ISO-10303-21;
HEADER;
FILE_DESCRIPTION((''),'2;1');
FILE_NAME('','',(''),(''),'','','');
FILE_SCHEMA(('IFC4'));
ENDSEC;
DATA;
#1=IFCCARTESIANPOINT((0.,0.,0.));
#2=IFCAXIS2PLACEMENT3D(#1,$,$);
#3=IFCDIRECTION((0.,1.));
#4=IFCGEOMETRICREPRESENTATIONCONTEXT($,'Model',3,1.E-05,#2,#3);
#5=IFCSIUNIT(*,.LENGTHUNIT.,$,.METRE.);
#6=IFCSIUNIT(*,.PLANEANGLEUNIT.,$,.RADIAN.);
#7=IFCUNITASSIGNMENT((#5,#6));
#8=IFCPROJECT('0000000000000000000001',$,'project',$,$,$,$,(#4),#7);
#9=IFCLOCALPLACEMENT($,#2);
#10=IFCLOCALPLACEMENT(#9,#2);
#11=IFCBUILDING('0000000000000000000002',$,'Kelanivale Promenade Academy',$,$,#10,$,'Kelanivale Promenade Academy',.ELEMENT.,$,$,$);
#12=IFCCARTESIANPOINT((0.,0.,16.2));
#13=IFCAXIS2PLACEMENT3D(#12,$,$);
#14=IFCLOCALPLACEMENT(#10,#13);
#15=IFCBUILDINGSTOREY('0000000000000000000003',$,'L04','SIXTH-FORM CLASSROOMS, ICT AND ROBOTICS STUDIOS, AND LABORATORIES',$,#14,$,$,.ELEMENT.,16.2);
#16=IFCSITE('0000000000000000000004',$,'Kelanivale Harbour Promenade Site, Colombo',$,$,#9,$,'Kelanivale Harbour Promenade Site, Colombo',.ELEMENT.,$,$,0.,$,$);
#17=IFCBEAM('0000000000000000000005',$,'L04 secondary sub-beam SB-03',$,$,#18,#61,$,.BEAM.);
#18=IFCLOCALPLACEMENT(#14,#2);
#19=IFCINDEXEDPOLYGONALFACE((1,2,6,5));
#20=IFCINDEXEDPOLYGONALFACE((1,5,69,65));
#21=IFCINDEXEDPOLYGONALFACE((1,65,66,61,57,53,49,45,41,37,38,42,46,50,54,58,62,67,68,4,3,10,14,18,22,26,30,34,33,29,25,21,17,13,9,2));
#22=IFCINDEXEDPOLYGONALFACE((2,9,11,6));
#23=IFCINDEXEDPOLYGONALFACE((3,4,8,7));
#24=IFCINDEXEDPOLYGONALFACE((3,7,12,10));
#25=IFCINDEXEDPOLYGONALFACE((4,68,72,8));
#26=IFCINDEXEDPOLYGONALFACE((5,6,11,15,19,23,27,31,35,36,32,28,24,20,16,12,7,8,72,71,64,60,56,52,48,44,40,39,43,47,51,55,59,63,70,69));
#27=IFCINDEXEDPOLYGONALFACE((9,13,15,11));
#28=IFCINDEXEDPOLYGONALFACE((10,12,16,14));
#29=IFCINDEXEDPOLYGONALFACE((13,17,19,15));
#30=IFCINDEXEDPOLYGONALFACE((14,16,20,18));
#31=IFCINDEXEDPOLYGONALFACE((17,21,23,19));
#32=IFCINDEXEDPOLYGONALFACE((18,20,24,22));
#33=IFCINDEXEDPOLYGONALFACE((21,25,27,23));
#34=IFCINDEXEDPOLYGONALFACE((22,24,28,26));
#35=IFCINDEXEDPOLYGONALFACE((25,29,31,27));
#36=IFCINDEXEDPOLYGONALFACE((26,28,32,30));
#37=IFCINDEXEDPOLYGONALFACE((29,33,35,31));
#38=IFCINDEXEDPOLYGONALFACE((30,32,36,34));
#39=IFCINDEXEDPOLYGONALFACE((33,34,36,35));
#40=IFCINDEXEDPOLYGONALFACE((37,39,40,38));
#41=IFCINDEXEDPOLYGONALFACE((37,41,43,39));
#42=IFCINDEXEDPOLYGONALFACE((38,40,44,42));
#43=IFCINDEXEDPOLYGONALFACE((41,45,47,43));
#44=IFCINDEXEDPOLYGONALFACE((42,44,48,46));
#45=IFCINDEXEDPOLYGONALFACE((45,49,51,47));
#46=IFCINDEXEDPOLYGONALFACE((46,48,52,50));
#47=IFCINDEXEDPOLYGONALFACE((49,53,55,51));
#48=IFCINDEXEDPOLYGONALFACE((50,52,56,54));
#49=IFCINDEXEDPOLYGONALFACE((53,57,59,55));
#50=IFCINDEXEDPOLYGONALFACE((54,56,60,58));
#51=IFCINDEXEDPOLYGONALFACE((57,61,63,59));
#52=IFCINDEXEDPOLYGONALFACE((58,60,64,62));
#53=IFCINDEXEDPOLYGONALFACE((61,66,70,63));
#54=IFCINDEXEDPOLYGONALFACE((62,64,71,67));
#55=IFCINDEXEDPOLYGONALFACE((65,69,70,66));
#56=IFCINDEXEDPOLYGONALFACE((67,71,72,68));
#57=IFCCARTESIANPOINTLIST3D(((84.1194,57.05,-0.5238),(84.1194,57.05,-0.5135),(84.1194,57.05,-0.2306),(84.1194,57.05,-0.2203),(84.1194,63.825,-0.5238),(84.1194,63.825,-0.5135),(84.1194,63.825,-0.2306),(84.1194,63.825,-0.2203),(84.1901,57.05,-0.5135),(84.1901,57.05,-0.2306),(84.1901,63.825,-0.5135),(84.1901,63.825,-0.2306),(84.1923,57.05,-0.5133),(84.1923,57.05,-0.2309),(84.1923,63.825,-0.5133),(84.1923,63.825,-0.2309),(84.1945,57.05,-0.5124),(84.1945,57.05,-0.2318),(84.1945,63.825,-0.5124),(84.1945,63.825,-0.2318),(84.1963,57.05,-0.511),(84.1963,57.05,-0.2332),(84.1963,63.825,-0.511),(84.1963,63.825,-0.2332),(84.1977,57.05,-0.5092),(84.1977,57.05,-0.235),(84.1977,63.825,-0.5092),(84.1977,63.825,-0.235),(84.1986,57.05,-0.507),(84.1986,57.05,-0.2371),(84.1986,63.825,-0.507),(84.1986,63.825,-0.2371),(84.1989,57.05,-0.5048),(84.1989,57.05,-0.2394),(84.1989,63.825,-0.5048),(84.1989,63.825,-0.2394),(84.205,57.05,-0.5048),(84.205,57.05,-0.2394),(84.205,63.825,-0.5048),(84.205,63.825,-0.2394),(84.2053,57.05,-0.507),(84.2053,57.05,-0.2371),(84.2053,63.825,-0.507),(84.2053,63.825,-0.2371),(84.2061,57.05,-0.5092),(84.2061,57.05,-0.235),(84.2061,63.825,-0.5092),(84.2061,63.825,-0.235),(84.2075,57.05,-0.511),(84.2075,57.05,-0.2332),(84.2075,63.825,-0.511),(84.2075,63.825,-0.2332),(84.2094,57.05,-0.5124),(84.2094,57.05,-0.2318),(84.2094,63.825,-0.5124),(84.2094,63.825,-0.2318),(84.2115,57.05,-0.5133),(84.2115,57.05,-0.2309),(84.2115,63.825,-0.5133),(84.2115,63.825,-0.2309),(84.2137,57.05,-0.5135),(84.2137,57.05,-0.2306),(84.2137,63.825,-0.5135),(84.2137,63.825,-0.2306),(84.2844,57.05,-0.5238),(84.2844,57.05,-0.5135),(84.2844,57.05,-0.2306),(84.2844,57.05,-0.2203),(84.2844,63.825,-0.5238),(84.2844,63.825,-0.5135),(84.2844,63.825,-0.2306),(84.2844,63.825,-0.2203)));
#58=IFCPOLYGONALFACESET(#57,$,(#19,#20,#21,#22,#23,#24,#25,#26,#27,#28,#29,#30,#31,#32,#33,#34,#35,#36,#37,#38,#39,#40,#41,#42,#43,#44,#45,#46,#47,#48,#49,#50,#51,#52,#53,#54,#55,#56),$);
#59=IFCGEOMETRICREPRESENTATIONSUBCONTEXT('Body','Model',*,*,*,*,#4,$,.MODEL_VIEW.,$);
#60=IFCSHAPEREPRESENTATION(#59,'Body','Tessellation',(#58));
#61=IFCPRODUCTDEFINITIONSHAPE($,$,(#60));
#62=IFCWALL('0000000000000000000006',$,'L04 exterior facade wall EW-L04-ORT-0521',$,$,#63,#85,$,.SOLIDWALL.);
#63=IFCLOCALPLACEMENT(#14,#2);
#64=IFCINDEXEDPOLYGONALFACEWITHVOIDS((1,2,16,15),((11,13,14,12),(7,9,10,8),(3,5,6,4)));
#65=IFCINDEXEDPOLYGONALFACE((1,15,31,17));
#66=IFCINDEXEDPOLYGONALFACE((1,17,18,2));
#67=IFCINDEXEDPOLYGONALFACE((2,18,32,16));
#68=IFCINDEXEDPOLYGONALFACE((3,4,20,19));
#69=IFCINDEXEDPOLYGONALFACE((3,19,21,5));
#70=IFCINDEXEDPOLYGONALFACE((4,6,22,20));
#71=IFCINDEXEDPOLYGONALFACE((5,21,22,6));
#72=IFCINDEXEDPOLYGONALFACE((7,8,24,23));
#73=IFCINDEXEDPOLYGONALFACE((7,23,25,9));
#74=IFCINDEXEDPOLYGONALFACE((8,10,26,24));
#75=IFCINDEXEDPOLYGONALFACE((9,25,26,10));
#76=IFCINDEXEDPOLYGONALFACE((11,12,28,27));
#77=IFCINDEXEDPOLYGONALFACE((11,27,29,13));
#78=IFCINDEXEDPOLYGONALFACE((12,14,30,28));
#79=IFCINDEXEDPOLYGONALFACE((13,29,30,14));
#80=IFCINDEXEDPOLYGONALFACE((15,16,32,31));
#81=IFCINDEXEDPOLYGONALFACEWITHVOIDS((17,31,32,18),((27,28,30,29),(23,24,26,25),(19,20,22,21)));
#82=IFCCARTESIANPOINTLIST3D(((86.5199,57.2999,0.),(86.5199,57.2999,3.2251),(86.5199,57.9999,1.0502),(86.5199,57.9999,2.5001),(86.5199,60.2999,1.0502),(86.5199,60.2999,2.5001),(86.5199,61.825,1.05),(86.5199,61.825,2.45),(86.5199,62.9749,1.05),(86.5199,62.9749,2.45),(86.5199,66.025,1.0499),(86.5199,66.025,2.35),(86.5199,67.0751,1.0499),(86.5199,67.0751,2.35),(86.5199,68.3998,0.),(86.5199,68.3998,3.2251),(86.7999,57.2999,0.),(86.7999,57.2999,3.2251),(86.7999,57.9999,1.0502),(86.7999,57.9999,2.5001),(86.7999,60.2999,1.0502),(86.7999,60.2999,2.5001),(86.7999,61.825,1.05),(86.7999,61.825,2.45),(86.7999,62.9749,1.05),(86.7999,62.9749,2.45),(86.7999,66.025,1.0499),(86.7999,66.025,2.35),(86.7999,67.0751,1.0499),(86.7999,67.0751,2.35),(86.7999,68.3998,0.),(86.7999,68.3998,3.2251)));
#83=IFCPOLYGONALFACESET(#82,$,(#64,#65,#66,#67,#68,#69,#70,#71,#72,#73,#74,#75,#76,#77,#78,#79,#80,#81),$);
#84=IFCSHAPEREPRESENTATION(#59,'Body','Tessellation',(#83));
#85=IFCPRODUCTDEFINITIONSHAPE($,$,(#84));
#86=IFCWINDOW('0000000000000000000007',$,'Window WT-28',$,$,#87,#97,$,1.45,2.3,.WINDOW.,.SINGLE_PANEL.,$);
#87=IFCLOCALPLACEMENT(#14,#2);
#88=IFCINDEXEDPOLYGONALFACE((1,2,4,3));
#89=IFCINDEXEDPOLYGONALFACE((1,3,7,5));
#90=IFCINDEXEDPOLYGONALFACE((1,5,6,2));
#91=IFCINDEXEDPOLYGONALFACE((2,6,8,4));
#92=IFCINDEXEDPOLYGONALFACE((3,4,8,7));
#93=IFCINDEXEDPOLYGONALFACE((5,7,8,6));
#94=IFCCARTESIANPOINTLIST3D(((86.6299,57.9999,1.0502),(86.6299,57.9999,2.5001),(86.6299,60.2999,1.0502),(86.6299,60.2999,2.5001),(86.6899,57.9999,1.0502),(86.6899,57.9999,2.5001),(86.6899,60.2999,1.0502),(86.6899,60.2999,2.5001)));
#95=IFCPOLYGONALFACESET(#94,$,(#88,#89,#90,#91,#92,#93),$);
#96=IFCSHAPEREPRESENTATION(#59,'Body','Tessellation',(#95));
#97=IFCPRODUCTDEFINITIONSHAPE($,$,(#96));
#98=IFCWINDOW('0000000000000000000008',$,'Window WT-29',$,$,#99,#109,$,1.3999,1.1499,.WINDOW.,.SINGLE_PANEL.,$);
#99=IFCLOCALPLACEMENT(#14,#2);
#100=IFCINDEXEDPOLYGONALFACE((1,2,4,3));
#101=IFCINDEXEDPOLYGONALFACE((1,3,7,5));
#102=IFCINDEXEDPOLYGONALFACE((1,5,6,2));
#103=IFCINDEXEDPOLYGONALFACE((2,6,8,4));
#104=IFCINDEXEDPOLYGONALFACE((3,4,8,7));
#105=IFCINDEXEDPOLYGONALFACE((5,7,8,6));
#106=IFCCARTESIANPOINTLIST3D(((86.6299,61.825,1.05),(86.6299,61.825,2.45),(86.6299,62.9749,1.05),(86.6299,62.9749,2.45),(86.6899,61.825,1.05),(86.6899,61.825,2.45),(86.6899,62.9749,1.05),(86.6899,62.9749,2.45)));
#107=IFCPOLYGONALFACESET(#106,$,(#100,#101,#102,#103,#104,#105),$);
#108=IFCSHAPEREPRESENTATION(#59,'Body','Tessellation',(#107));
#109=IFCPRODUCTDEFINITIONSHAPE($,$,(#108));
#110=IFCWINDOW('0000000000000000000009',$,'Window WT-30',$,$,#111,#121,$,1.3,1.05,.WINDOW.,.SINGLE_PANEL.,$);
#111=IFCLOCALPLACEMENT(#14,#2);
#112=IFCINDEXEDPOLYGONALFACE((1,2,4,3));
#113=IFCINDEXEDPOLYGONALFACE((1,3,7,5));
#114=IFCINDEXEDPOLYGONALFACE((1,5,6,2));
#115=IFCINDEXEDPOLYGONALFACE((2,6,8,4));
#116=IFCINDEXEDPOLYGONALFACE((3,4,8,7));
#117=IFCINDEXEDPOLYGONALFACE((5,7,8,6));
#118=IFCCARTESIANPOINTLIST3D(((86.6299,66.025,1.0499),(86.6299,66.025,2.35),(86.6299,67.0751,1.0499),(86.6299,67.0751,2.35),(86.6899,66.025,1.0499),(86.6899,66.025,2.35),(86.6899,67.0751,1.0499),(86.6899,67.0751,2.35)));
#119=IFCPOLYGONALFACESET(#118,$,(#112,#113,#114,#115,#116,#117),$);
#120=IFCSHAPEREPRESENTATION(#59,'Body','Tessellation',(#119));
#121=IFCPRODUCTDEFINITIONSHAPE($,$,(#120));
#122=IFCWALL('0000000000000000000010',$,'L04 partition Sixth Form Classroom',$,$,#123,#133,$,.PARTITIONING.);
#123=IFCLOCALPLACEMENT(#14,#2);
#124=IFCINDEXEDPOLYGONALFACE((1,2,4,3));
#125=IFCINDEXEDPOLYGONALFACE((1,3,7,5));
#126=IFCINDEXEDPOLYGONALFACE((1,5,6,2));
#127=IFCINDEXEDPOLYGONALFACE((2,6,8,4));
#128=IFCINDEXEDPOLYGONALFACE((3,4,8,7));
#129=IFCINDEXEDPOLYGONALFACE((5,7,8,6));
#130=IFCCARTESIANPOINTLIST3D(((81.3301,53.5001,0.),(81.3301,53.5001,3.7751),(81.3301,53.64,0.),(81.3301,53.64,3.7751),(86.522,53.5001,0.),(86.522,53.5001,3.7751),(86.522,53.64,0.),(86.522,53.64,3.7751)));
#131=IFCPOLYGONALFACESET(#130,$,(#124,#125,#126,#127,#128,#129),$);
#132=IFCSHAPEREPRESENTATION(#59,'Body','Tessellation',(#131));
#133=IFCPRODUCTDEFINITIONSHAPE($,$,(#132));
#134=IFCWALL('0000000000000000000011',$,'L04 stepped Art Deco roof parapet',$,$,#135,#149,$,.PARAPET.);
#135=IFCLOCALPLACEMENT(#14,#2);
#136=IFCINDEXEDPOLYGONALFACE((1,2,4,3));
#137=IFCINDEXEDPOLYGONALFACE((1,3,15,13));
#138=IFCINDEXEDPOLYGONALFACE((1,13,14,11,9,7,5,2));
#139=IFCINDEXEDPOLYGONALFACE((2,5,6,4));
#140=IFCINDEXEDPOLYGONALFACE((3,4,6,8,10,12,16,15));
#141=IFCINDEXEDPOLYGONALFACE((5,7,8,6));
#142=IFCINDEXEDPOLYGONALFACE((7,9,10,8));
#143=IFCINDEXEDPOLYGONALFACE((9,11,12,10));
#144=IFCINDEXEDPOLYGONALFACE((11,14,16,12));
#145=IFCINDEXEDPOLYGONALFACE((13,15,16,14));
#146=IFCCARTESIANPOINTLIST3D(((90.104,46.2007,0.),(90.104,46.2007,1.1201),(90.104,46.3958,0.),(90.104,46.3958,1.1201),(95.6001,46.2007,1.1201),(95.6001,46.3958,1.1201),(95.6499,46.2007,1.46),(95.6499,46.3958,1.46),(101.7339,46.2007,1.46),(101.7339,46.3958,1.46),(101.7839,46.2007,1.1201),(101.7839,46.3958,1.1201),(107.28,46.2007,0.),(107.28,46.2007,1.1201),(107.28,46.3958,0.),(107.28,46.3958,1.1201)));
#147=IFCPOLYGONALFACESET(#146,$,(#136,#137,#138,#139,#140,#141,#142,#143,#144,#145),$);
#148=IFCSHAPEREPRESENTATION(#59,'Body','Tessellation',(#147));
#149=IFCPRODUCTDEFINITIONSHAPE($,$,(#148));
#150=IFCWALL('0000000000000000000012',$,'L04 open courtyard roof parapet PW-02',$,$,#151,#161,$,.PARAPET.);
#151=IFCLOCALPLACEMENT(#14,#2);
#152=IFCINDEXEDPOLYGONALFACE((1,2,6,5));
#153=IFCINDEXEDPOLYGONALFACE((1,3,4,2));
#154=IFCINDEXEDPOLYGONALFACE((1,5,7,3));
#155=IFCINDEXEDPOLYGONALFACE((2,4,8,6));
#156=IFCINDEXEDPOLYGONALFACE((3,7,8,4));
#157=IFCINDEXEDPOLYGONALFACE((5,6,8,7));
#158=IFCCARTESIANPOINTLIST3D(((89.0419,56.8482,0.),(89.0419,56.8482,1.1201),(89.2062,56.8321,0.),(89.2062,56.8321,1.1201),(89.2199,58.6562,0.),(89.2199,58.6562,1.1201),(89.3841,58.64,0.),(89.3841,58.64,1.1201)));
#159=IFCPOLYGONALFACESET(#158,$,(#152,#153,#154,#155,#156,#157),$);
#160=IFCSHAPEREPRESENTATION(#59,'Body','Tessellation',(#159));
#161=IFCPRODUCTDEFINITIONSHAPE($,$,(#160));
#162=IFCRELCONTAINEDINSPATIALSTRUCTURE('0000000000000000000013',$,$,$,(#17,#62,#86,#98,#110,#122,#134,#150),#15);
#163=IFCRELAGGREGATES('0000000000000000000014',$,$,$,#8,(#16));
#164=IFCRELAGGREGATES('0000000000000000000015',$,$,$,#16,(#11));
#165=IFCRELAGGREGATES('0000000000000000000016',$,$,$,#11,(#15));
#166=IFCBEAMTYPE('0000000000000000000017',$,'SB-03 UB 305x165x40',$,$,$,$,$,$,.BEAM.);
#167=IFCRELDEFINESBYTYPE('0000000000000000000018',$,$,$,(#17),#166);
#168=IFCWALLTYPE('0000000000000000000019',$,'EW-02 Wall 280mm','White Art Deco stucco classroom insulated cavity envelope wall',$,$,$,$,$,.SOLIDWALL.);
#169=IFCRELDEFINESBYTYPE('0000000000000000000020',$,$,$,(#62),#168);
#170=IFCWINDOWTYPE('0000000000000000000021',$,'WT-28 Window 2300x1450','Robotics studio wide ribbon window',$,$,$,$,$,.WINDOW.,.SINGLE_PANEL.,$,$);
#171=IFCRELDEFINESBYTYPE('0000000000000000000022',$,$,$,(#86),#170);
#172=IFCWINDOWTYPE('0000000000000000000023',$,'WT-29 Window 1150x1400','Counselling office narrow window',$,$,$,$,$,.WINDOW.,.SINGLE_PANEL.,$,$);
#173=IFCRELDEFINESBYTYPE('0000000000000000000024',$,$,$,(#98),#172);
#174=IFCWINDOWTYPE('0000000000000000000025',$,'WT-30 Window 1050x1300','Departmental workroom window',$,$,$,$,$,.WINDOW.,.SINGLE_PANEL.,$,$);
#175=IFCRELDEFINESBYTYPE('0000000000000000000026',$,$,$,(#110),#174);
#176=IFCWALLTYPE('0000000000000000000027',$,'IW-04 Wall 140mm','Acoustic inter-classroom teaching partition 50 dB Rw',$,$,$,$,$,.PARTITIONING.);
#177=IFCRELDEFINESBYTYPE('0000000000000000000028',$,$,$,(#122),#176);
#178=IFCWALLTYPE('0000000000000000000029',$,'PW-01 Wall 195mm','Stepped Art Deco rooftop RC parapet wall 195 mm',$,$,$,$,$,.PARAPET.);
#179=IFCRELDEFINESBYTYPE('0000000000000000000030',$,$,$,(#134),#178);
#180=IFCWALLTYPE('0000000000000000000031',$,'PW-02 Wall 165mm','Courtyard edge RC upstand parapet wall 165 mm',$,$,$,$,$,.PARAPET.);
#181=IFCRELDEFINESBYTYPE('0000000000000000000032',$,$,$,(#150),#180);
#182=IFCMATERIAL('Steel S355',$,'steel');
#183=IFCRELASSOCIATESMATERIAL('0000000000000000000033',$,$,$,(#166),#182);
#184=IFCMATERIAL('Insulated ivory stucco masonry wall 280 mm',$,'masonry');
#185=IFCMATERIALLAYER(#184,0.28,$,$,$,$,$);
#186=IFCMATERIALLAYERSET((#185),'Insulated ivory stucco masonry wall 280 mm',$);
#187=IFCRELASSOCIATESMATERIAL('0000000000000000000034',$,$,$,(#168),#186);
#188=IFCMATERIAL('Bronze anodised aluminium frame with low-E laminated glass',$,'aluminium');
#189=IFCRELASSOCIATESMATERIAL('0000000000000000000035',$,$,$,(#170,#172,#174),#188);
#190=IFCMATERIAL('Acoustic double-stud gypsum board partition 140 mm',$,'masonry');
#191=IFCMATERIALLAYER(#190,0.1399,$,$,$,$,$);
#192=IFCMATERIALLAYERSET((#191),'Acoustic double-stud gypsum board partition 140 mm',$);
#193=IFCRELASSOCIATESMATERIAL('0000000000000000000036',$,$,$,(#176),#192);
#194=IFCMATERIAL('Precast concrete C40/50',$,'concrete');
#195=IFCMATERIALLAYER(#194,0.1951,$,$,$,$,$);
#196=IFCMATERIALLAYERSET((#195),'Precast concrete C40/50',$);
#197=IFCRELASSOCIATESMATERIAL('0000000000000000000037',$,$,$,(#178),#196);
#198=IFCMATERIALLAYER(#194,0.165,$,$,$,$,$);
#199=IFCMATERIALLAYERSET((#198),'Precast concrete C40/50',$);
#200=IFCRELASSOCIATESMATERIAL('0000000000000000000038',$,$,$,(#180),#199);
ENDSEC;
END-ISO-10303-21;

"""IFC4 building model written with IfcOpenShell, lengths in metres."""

from ifc_helpers import new_model, si_unit, direction, frame, frame_2d, origin, origin_2d, place, context, subcontext, project, spatial, polyline, rectangle, i_section, outline, extrude, material, layer, layer_set, material_profile, profile_set, type_object, element, fill, save


model = new_model("IFC4")

# Units and contexts
model_context = context("Model", 3, precision=1e-05, world=origin(), true_north=direction((0.0, 1.0)))
body_context = subcontext(model_context, "Body", "Model", "MODEL_VIEW")
ifc_project = project(units=[si_unit("LENGTHUNIT", "METRE"), si_unit("PLANEANGLEUNIT", "RADIAN")], contexts=[model_context])

# Site, building, storey
site_placement = place(None, origin())
site = spatial("IfcSite", under=ifc_project, at=site_placement, Name="Kelanivale Harbour Promenade Site, Colombo", LongName="Kelanivale Harbour Promenade Site, Colombo", CompositionType="ELEMENT", RefElevation=0.0)
building_placement = place(site_placement, origin())
building = spatial("IfcBuilding", under=site, at=building_placement, Name="Kelanivale Promenade Academy", LongName="Kelanivale Promenade Academy", CompositionType="ELEMENT")
storey_placement = place(building_placement, frame((0.0, 0.0, 16.2)))
storey = spatial("IfcBuildingStorey", under=building, at=storey_placement, Name="L04", Description="SIXTH-FORM CLASSROOMS, ICT AND ROBOTICS STUDIOS, AND LABORATORIES", CompositionType="ELEMENT", Elevation=16.2)

# Beam
ifc_material_1 = material(Name="Steel S355", Category="steel")
ifc_material_profile_1 = material_profile(ifc_material_1, i_section(OverallWidth=0.165, OverallDepth=0.3035, WebThickness=0.0061, FlangeThickness=0.0103, FilletRadius=0.0088, at=origin_2d()), Name="UB 305x165x40")
ifc_profile_set_1 = profile_set([ifc_material_profile_1], Name="Steel S355")
beam_type_1 = type_object("IfcBeamType", Name="SB-03 UB 305x165x40", PredefinedType="BEAM", material=ifc_profile_set_1)
beam_1_placement = place(storey_placement, frame((84.2019, 57.05, -0.3721), z_axis=(0.0, 1.0, 0.0), x_axis=(-1.0, 0.0, 0.0)))
element("IfcBeam", 1, at=beam_1_placement, inside=storey, type_object=beam_type_1, Name="L04 secondary sub-beam SB-03", PredefinedType="BEAM", context=body_context, shape_type="SweptSolid", body=[
    extrude(i_section(OverallWidth=0.165, OverallDepth=0.3035, WebThickness=0.0061, FlangeThickness=0.0103, FilletRadius=0.0088, at=origin_2d()), origin(), (0.0, 0.0, 1.0), 6.7749),
])

# Wall, openings, windows
ifc_material_2 = material(Name="Insulated ivory stucco masonry wall 280 mm", Category="masonry")
ifc_layer_1 = layer(ifc_material_2, 0.28)
ifc_layer_set_1 = layer_set([ifc_layer_1], Name="Insulated ivory stucco masonry wall 280 mm")
wall_type_1 = type_object("IfcWallType", Name="EW-02 Wall 280mm", Description="White Art Deco stucco classroom insulated cavity envelope wall", PredefinedType="SOLIDWALL", material=ifc_layer_set_1)
wall_1_placement = place(storey_placement, frame((86.6599, 57.3, 0.0), z_axis=(0.0, 0.0, 1.0), x_axis=(0.0, 1.0, 0.0)))
wall_1 = element("IfcWall", 2, at=wall_1_placement, inside=storey, type_object=wall_type_1, Name="L04 exterior facade wall EW-L04-ORT-0521", PredefinedType="SOLIDWALL", context=body_context, shape_type="SweptSolid", body=[
    extrude(rectangle(XDim=11.0999, YDim=0.28, at=frame_2d((5.5498, 0.0))), origin(), (0.0, 0.0, 1.0), 3.2251),
])
opening_1_placement = place(wall_1_placement, frame((0.7, 0.0, 1.05)))
opening_1 = element("IfcOpeningElement", 3, at=opening_1_placement, cuts=wall_1, PredefinedType="OPENING", context=body_context, shape_type="SweptSolid", body=[
    extrude(rectangle(XDim=2.3, YDim=1.45, at=frame_2d((1.1499, 0.7251))), frame((0.0, 0.1499, 0.0), z_axis=(0.0, -1.0, 0.0), x_axis=(1.0, 0.0, 0.0)), (0.0, 0.0, 1.0), 0.3),
])
opening_2_placement = place(wall_1_placement, frame((4.5249, 0.0, 1.05)))
opening_2 = element("IfcOpeningElement", 4, at=opening_2_placement, cuts=wall_1, PredefinedType="OPENING", context=body_context, shape_type="SweptSolid", body=[
    extrude(rectangle(XDim=1.1499, YDim=1.3999, at=frame_2d((0.575, 0.7))), frame((0.0, 0.1499, 0.0), z_axis=(0.0, -1.0, 0.0), x_axis=(1.0, 0.0, 0.0)), (0.0, 0.0, 1.0), 0.3),
])
opening_3_placement = place(wall_1_placement, frame((8.7251, 0.0, 1.05)))
opening_3 = element("IfcOpeningElement", 5, at=opening_3_placement, cuts=wall_1, PredefinedType="OPENING", context=body_context, shape_type="SweptSolid", body=[
    extrude(rectangle(XDim=1.05, YDim=1.3, at=frame_2d((0.5249, 0.6499))), frame((0.0, 0.1499, 0.0), z_axis=(0.0, -1.0, 0.0), x_axis=(1.0, 0.0, 0.0)), (0.0, 0.0, 1.0), 0.3),
])
ifc_material_3 = material(Name="Bronze anodised aluminium frame with low-E laminated glass", Category="aluminium")
window_type_1 = type_object("IfcWindowType", Name="WT-28 Window 2300x1450", Description="Robotics studio wide ribbon window", PartitioningType="SINGLE_PANEL", PredefinedType="WINDOW", material=ifc_material_3)
window_1_placement = place(opening_1_placement, origin())
window_1 = element("IfcWindow", 6, at=window_1_placement, inside=storey, type_object=window_type_1, Name="Window WT-28", OverallHeight=1.45, OverallWidth=2.3, PartitioningType="SINGLE_PANEL", PredefinedType="WINDOW", context=body_context, shape_type="SweptSolid", body=[
    extrude(rectangle(XDim=2.3, YDim=1.45, at=frame_2d((1.1499, 0.7251))), frame((0.0, 0.03, 0.0), z_axis=(0.0, -1.0, 0.0), x_axis=(1.0, 0.0, 0.0)), (0.0, 0.0, 1.0), 0.0601),
])
fill(opening_1, window_1)
window_type_2 = type_object("IfcWindowType", Name="WT-29 Window 1150x1400", Description="Counselling office narrow window", PartitioningType="SINGLE_PANEL", PredefinedType="WINDOW", material=ifc_material_3)
window_2_placement = place(opening_2_placement, origin())
window_2 = element("IfcWindow", 7, at=window_2_placement, inside=storey, type_object=window_type_2, Name="Window WT-29", OverallHeight=1.3999, OverallWidth=1.1499, PartitioningType="SINGLE_PANEL", PredefinedType="WINDOW", context=body_context, shape_type="SweptSolid", body=[
    extrude(rectangle(XDim=1.1499, YDim=1.3999, at=frame_2d((0.575, 0.7))), frame((0.0, 0.03, 0.0), z_axis=(0.0, -1.0, 0.0), x_axis=(1.0, 0.0, 0.0)), (0.0, 0.0, 1.0), 0.0601),
])
fill(opening_2, window_2)
window_type_3 = type_object("IfcWindowType", Name="WT-30 Window 1050x1300", Description="Departmental workroom window", PartitioningType="SINGLE_PANEL", PredefinedType="WINDOW", material=ifc_material_3)
window_3_placement = place(opening_3_placement, origin())
window_3 = element("IfcWindow", 8, at=window_3_placement, inside=storey, type_object=window_type_3, Name="Window WT-30", OverallHeight=1.3, OverallWidth=1.05, PartitioningType="SINGLE_PANEL", PredefinedType="WINDOW", context=body_context, shape_type="SweptSolid", body=[
    extrude(rectangle(XDim=1.05, YDim=1.3, at=frame_2d((0.5249, 0.6499))), frame((0.0, 0.03, 0.0), z_axis=(0.0, -1.0, 0.0), x_axis=(1.0, 0.0, 0.0)), (0.0, 0.0, 1.0), 0.0601),
])
fill(opening_3, window_3)

# Walls
ifc_material_4 = material(Name="Acoustic double-stud gypsum board partition 140 mm", Category="masonry")
ifc_layer_2 = layer(ifc_material_4, 0.1399)
ifc_layer_set_2 = layer_set([ifc_layer_2], Name="Acoustic double-stud gypsum board partition 140 mm")
wall_type_2 = type_object("IfcWallType", Name="IW-04 Wall 140mm", Description="Acoustic inter-classroom teaching partition 50 dB Rw", PredefinedType="PARTITIONING", material=ifc_layer_set_2)
wall_2_placement = place(storey_placement, frame((86.522, 53.5701, 0.0), z_axis=(0.0, 0.0, 1.0), x_axis=(-1.0, 0.0, 0.0)))
element("IfcWall", 9, at=wall_2_placement, inside=storey, type_object=wall_type_2, Name="L04 partition Sixth Form Classroom", PredefinedType="PARTITIONING", context=body_context, shape_type="SweptSolid", body=[
    extrude(rectangle(XDim=5.1919, YDim=0.1399, at=frame_2d((2.5959, 0.0))), origin(), (0.0, 0.0, 1.0), 3.7751),
])
ifc_material_5 = material(Name="Precast concrete C40/50", Category="concrete")
ifc_layer_3 = layer(ifc_material_5, 0.1951)
ifc_layer_set_3 = layer_set([ifc_layer_3], Name="Precast concrete C40/50")
wall_type_3 = type_object("IfcWallType", Name="PW-01 Wall 195mm", Description="Stepped Art Deco rooftop RC parapet wall 195 mm", PredefinedType="PARAPET", material=ifc_layer_set_3)
wall_3_placement = place(storey_placement, frame((90.104, 46.2981, 0.0), z_axis=(0.0, 0.0, 1.0), x_axis=(1.0, 0.0, 0.0)))
element("IfcWall", 10, at=wall_3_placement, inside=storey, type_object=wall_type_3, Name="L04 stepped Art Deco roof parapet", PredefinedType="PARAPET", context=body_context, shape_type="SweptSolid", body=[
    extrude(outline(polyline([(0.0, 0.0), (17.176, 0.0), (17.176, 1.1201), (11.6799, 1.1201), (11.6299, 1.46), (5.5459, 1.46), (5.4961, 1.1201), (0.0, 1.1201), (0.0, 0.0)])), frame((0.0, 0.0977, 0.0), z_axis=(0.0, -1.0, 0.0), x_axis=(1.0, 0.0, 0.0)), (0.0, 0.0, 1.0), 0.1951),
])
ifc_layer_4 = layer(ifc_material_5, 0.165)
ifc_layer_set_4 = layer_set([ifc_layer_4], Name="Precast concrete C40/50")
wall_type_4 = type_object("IfcWallType", Name="PW-02 Wall 165mm", Description="Courtyard edge RC upstand parapet wall 165 mm", PredefinedType="PARAPET", material=ifc_layer_set_4)
wall_4_placement = place(storey_placement, frame((89.302, 58.6479, 0.0), z_axis=(0.0, 0.0, 1.0), x_axis=(-0.097973, -0.995189, 0.0)))
element("IfcWall", 11, at=wall_4_placement, inside=storey, type_object=wall_type_4, Name="L04 open courtyard roof parapet PW-02", PredefinedType="PARAPET", context=body_context, shape_type="SweptSolid", body=[
    extrude(rectangle(XDim=1.8167, YDim=0.165, at=frame_2d((0.9082, 0.0))), origin(), (0.0, 0.0, 1.0), 1.1201),
])

save(model, "model.ifc")
